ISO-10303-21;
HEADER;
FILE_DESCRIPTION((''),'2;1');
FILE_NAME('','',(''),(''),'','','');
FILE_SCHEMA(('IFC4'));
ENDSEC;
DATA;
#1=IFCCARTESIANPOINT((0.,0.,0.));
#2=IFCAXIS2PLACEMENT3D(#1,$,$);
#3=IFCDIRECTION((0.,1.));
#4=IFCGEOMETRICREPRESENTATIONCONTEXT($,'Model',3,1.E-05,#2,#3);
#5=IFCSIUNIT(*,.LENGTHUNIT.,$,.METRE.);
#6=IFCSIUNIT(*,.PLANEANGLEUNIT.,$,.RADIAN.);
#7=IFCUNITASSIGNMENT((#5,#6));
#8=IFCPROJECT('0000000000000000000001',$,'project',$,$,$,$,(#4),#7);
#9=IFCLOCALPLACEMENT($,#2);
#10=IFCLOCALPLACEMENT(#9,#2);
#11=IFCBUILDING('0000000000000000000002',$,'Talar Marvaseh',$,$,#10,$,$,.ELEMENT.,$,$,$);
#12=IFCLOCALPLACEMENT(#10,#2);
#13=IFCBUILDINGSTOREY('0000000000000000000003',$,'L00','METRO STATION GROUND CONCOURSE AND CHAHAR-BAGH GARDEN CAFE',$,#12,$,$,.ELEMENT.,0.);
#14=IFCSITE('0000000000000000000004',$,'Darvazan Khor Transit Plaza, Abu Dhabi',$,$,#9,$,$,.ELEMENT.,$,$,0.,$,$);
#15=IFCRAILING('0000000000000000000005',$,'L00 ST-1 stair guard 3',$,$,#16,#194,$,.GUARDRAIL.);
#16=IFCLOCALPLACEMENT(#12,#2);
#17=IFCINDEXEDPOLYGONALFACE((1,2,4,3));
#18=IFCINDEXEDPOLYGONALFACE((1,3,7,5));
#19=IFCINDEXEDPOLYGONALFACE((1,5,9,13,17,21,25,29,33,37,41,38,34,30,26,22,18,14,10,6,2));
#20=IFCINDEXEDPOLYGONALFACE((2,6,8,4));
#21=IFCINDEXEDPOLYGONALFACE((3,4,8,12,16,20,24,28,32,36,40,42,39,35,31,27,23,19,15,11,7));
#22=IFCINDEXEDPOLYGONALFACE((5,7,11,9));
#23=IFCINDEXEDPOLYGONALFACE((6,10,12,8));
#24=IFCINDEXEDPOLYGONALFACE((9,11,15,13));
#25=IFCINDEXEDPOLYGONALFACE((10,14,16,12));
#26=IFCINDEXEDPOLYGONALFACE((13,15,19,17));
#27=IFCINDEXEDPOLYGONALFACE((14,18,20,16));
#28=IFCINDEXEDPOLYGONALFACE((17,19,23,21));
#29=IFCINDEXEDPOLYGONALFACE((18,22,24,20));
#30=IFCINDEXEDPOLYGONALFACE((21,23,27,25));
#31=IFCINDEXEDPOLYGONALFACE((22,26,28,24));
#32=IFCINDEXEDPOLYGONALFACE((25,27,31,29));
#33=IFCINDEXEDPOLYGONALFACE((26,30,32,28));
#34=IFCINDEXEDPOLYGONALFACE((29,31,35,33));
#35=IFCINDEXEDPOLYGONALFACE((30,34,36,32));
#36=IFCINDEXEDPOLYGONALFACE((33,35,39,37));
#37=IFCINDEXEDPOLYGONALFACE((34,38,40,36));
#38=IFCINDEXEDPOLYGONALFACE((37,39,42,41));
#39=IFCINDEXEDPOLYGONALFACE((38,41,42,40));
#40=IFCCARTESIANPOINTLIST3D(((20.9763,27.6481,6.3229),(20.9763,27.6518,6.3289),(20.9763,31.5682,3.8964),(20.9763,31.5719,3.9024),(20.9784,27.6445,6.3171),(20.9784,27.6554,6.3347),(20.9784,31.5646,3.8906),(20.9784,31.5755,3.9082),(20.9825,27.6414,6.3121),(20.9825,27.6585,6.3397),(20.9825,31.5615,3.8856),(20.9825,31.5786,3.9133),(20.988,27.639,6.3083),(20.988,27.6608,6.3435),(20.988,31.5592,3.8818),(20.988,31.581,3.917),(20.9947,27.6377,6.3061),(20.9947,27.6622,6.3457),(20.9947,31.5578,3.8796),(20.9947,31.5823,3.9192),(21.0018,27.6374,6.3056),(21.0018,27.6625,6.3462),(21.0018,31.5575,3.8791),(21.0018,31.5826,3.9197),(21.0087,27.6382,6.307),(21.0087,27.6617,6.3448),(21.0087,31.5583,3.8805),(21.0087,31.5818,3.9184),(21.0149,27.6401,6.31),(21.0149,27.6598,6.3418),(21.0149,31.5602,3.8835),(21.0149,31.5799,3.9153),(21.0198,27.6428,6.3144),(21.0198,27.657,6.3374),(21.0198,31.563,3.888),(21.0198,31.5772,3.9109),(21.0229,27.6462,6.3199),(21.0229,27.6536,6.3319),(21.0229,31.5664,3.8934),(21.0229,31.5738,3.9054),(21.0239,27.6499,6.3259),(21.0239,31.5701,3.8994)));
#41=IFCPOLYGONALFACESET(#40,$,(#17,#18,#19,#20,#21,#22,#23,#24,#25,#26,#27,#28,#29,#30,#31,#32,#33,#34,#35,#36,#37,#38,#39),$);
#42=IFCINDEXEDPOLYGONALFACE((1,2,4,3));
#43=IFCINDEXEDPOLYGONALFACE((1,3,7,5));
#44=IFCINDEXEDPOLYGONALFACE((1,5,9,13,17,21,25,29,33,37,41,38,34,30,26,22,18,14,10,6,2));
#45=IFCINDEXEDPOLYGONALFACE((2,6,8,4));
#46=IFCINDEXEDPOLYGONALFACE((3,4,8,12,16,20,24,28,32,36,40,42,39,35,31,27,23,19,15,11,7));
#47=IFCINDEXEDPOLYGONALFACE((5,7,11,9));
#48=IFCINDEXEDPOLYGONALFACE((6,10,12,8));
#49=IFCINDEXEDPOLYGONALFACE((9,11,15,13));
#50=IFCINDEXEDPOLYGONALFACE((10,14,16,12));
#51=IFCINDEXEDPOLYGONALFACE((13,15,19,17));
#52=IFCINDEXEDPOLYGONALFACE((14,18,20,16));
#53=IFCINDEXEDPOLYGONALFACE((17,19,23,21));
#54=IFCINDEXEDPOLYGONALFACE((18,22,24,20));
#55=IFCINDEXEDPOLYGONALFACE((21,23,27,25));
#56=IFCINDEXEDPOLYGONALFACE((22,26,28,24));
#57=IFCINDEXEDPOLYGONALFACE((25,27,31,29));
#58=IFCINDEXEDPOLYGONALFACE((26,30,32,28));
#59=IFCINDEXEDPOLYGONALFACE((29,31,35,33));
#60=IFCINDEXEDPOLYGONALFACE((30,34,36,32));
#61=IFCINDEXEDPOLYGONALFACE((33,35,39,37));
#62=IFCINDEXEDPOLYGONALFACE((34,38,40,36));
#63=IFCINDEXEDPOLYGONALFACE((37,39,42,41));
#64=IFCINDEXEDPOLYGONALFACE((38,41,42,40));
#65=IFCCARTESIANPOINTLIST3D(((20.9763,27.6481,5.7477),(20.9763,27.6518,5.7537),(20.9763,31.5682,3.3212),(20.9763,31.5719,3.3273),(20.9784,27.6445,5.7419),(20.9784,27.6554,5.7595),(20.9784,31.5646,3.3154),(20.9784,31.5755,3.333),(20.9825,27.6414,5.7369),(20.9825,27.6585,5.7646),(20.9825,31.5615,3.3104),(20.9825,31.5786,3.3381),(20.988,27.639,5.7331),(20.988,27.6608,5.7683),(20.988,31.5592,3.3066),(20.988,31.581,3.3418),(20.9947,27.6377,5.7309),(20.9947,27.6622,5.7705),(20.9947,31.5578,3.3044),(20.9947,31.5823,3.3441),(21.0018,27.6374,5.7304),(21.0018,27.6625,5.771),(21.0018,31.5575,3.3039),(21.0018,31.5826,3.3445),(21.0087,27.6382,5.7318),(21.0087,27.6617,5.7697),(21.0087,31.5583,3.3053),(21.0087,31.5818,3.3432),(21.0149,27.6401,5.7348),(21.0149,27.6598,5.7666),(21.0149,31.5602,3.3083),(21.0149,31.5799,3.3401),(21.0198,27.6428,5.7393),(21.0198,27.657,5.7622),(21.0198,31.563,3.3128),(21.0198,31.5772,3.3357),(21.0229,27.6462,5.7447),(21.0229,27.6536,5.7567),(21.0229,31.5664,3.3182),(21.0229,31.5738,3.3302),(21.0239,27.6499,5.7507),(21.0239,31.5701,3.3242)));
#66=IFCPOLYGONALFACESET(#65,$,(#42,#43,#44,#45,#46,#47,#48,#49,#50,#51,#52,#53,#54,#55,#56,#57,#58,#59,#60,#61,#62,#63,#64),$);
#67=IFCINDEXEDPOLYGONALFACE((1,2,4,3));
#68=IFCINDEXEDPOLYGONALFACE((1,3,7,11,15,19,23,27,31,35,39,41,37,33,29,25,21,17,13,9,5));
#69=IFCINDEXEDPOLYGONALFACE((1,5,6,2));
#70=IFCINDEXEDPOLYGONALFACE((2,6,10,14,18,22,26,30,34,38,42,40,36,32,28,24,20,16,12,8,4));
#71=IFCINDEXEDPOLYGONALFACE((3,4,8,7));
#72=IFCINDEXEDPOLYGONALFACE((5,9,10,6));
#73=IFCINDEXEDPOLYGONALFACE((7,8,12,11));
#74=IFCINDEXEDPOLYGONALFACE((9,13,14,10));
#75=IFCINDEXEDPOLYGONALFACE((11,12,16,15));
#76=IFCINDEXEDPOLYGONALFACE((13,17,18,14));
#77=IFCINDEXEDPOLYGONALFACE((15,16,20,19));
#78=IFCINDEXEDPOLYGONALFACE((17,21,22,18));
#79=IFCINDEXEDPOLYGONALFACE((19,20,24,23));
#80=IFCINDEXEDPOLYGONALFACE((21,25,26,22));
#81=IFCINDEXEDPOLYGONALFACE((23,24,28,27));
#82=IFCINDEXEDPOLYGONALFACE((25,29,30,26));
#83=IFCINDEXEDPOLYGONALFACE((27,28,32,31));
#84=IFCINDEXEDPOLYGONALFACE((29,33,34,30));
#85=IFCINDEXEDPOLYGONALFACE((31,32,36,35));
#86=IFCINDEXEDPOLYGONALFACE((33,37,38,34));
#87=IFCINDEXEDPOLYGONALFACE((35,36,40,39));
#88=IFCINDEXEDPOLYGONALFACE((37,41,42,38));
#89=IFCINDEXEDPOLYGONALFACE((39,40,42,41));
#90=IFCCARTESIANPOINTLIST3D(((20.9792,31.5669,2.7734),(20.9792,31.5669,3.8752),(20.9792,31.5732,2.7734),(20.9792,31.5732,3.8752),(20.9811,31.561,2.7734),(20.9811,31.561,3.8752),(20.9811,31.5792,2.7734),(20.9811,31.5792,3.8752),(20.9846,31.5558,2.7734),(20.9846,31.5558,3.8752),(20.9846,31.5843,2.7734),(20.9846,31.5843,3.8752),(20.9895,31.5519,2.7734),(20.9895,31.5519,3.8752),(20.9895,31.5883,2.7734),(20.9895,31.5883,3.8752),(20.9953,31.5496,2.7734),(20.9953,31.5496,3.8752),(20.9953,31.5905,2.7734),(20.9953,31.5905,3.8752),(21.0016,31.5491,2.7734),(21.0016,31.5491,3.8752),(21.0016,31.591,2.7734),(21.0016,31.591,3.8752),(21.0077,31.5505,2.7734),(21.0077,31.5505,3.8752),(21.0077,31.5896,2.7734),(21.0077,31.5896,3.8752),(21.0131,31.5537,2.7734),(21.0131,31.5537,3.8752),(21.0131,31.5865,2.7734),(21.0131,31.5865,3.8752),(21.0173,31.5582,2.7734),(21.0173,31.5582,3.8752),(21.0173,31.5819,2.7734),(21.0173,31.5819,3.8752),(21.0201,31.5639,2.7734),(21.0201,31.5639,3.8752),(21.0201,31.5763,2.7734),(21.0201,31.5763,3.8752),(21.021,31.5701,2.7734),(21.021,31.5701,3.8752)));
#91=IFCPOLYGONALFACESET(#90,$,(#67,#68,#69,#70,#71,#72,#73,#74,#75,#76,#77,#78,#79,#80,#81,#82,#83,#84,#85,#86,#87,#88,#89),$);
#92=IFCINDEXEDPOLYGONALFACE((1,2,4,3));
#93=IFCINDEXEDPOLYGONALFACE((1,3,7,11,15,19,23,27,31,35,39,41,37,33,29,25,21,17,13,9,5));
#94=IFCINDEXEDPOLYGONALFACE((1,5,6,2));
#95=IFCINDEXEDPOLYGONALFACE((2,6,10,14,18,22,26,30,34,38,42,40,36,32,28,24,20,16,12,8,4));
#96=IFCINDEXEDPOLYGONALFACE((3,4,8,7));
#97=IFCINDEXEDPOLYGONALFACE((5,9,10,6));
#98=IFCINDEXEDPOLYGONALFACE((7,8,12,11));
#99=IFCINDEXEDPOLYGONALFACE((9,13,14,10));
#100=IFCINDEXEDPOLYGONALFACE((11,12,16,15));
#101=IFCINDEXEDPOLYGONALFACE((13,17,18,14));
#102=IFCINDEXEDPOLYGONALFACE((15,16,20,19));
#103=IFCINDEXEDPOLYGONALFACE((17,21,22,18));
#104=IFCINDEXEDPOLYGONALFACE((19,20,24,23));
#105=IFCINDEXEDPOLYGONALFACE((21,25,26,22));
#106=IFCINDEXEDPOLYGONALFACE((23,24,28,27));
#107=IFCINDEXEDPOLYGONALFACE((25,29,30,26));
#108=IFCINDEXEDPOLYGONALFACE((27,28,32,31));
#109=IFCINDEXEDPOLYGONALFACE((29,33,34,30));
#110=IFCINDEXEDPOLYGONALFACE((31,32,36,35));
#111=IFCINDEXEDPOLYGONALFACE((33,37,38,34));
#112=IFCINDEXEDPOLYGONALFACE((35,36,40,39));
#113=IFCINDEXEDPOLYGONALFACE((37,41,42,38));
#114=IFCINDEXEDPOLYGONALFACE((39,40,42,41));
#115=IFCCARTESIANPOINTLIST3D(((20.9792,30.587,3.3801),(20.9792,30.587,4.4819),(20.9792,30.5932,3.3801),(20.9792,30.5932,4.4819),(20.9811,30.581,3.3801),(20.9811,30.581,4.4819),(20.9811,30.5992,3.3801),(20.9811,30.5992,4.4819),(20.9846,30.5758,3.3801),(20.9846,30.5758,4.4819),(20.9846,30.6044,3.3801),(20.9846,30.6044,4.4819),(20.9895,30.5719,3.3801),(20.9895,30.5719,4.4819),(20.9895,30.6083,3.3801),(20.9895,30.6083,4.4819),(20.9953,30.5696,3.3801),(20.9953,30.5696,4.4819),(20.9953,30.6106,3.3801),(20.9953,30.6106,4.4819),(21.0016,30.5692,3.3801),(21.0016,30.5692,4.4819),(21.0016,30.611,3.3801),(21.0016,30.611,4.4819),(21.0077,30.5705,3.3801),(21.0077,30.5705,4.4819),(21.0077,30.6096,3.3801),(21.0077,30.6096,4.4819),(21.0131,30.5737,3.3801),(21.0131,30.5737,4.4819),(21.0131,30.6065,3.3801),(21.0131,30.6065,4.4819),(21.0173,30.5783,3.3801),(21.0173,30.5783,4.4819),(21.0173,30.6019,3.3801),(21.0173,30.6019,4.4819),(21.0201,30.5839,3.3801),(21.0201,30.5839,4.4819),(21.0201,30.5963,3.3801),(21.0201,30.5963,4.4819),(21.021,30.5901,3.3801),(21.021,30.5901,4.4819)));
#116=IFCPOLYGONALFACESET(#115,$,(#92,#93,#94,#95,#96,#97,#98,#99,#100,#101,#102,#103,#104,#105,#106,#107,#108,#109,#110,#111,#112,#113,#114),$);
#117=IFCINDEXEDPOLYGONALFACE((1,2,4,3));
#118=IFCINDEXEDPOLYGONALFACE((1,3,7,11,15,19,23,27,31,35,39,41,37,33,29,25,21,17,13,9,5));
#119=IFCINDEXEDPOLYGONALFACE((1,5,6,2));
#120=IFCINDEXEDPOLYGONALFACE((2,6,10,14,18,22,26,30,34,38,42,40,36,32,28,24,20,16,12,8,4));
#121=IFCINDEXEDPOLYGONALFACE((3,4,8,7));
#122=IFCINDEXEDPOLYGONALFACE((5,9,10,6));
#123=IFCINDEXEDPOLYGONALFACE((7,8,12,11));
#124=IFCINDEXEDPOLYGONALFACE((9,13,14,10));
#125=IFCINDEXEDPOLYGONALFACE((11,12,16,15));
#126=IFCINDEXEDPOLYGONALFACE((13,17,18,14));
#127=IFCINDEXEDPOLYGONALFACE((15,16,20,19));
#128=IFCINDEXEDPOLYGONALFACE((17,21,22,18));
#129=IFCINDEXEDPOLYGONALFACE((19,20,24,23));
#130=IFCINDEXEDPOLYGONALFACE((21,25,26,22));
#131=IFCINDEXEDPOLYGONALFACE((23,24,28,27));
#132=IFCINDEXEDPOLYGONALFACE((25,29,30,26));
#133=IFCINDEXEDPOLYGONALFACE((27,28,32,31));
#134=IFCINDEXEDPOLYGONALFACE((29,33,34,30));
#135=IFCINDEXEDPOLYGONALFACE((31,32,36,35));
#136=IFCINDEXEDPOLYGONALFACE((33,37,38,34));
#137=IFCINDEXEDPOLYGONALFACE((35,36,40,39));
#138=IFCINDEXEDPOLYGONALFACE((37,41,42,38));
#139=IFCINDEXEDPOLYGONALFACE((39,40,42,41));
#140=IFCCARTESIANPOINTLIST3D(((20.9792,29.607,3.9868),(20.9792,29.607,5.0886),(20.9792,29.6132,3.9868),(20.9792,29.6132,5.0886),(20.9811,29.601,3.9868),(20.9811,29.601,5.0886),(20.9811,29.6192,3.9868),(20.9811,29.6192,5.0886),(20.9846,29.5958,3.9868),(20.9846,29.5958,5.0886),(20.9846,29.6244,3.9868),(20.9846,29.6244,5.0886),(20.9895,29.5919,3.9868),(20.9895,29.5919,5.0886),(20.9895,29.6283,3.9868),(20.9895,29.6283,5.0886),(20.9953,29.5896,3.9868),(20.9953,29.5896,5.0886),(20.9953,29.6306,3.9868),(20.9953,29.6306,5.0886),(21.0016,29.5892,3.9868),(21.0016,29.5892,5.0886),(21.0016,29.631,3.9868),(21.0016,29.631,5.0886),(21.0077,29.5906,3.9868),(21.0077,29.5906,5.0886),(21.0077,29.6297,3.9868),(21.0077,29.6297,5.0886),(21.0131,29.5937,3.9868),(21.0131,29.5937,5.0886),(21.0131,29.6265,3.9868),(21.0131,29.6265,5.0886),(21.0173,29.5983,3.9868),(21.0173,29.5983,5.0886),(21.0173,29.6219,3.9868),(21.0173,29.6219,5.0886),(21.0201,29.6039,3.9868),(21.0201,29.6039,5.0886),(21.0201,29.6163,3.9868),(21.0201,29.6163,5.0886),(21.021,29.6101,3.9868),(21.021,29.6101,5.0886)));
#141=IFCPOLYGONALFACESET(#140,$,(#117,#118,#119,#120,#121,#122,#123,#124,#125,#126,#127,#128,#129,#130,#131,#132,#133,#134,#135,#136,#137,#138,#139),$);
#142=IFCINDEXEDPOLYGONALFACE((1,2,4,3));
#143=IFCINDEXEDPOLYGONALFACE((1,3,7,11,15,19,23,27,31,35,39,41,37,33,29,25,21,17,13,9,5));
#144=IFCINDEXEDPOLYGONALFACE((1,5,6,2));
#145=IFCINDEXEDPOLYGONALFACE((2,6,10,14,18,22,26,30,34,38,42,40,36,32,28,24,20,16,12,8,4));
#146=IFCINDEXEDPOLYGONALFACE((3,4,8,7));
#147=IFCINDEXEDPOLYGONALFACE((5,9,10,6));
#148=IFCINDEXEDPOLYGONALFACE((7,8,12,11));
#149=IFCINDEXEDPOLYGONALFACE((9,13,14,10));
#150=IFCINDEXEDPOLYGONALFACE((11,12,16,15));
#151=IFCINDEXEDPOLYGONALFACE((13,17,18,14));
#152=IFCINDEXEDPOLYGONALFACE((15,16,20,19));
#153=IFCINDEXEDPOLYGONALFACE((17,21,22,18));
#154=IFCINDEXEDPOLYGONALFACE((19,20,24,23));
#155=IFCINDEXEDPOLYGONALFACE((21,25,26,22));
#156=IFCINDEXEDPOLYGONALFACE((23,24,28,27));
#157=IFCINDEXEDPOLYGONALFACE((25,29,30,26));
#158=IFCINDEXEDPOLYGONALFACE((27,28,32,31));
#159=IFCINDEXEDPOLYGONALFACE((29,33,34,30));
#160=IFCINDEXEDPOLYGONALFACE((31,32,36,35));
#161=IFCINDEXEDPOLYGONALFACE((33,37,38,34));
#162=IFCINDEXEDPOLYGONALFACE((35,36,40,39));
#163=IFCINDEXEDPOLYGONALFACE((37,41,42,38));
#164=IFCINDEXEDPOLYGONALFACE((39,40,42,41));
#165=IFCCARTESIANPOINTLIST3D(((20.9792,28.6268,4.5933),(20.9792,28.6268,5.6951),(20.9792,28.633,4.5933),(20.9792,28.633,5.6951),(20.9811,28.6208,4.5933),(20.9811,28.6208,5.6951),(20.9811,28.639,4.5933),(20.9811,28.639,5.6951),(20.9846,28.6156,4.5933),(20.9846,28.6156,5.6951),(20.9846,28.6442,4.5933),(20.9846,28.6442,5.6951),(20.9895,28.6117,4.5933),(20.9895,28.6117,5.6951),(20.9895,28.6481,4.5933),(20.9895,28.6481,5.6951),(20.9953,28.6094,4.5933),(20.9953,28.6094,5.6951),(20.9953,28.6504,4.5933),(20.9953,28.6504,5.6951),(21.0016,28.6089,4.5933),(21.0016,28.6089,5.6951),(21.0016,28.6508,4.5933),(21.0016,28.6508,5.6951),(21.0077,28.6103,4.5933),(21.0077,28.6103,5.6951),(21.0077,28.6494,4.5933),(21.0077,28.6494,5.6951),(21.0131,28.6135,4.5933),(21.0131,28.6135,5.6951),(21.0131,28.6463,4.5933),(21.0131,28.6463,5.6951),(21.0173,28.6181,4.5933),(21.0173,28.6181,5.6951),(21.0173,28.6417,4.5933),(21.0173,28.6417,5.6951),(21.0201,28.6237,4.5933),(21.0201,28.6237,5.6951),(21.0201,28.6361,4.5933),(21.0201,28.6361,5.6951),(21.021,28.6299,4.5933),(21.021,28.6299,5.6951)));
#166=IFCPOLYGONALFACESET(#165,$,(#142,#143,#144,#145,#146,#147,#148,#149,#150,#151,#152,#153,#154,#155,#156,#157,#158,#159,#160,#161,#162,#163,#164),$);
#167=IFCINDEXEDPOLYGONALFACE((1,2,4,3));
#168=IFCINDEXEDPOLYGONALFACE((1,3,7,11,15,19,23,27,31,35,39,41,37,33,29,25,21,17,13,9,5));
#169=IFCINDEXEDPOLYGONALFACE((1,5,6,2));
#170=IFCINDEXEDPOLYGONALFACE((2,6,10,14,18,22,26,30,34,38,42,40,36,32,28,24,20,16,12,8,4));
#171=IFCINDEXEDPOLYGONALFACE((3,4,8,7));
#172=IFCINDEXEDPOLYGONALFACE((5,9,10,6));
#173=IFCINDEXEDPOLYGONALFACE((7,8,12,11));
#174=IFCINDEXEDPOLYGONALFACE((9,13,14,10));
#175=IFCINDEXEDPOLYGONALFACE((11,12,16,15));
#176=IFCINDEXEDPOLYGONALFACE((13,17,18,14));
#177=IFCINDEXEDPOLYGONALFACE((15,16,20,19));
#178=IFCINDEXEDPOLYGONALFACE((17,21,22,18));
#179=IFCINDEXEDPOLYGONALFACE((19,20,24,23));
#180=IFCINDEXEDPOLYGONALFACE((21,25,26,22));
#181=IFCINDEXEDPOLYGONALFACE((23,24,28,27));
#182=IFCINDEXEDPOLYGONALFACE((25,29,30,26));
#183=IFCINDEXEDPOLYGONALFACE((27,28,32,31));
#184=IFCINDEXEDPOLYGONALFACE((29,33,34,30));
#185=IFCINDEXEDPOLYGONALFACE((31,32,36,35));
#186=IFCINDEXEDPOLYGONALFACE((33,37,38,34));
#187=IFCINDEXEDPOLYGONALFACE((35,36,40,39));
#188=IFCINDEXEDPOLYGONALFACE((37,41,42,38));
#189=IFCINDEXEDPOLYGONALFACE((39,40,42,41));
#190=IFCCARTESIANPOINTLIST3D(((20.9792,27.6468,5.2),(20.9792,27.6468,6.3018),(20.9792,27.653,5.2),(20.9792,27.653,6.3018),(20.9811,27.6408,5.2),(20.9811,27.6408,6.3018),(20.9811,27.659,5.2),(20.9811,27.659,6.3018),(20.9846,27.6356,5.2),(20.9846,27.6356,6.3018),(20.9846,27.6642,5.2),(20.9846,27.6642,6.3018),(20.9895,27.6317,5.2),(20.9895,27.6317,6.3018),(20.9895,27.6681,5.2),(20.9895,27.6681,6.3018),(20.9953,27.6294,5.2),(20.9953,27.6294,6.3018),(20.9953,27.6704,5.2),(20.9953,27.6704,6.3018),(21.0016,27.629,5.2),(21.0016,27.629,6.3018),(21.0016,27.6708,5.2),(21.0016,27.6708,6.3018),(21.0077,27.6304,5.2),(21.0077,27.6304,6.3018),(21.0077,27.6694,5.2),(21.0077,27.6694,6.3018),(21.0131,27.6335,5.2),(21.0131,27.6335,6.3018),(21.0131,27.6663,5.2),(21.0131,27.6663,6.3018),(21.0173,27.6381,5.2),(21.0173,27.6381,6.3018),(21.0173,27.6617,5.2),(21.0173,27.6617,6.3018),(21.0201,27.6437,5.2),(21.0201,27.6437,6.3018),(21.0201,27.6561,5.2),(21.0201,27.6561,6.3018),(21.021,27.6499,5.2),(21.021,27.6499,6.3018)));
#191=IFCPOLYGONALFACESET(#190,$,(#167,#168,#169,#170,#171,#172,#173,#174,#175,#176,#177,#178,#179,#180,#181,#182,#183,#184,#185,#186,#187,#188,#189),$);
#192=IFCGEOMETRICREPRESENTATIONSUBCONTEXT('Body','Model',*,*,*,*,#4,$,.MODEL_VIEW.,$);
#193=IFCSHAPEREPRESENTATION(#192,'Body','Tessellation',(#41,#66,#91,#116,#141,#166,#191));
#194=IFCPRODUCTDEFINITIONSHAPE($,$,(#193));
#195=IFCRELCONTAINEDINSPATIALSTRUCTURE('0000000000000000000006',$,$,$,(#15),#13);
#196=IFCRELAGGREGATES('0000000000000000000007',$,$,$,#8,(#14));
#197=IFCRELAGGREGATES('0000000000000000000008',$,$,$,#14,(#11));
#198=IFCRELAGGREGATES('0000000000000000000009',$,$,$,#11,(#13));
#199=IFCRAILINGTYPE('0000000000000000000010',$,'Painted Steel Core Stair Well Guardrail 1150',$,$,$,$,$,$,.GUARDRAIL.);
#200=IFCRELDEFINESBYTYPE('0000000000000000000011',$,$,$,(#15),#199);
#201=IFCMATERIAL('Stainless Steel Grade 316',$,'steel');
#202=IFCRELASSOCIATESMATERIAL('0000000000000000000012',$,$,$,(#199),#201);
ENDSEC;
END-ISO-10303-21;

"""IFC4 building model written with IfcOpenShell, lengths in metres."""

from ifc_helpers import new_model, si_unit, direction, frame, origin, origin_2d, place, context, subcontext, project, spatial, circle, extrude, material, type_object, element, save


model = new_model("IFC4")

# Units and contexts
model_context = context("Model", 3, precision=1e-05, world=origin(), true_north=direction((0.0, 1.0)))
body_context = subcontext(model_context, "Body", "Model", "MODEL_VIEW")
ifc_project = project(units=[si_unit("LENGTHUNIT", "METRE"), si_unit("PLANEANGLEUNIT", "RADIAN")], contexts=[model_context])

# Site, building, storey
site_placement = place(None, origin())
site = spatial("IfcSite", under=ifc_project, at=site_placement, Name="Darvazan Khor Transit Plaza, Abu Dhabi", CompositionType="ELEMENT", RefElevation=0.0)
building_placement = place(site_placement, origin())
building = spatial("IfcBuilding", under=site, at=building_placement, Name="Talar Marvaseh", CompositionType="ELEMENT")
storey_placement = place(building_placement, origin())
storey = spatial("IfcBuildingStorey", under=building, at=storey_placement, Name="L00", Description="METRO STATION GROUND CONCOURSE AND CHAHAR-BAGH GARDEN CAFE", CompositionType="ELEMENT", Elevation=0.0)

# Shared definitions
ifc_material_1 = material(Name="Stainless Steel Grade 316", Category="steel")

# Railing
railing_type_1 = type_object("IfcRailingType", Name="Painted Steel Core Stair Well Guardrail 1150", PredefinedType="GUARDRAIL", material=ifc_material_1)
railing_1_placement = place(storey_placement, frame((21.0, 31.5701, 2.7734)))
element("IfcRailing", 1, at=railing_1_placement, inside=storey, type_object=railing_type_1, Name="L00 ST-1 stair guard 3", PredefinedType="GUARDRAIL", context=body_context, shape_type="SweptSolid", body=[
    extrude(circle(Radius=0.0239, at=origin_2d()), frame((0.0, 0.0, 1.126), z_axis=(0.0, -0.85029, 0.526315), x_axis=(1.0, 0.0, 0.0)), (0.0, 0.0, 1.0), 4.6104),
    extrude(circle(Radius=0.0239, at=origin_2d()), frame((0.0, 0.0, 0.5508), z_axis=(0.0, -0.85029, 0.526315), x_axis=(1.0, 0.0, 0.0)), (0.0, 0.0, 1.0), 4.6104),
    extrude(circle(Radius=0.021, at=origin_2d()), origin(), (0.0, 0.0, 1.0), 1.1018),
    extrude(circle(Radius=0.021, at=origin_2d()), frame((0.0, -0.98, 0.6067)), (0.0, 0.0, 1.0), 1.1018),
    extrude(circle(Radius=0.021, at=origin_2d()), frame((0.0, -1.96, 1.2134)), (0.0, 0.0, 1.0), 1.1018),
    extrude(circle(Radius=0.021, at=origin_2d()), frame((0.0, -2.9402, 1.8198)), (0.0, 0.0, 1.0), 1.1018),
    extrude(circle(Radius=0.021, at=origin_2d()), frame((0.0, -3.9202, 2.4265)), (0.0, 0.0, 1.0), 1.1018),
])

save(model, "model.ifc")
